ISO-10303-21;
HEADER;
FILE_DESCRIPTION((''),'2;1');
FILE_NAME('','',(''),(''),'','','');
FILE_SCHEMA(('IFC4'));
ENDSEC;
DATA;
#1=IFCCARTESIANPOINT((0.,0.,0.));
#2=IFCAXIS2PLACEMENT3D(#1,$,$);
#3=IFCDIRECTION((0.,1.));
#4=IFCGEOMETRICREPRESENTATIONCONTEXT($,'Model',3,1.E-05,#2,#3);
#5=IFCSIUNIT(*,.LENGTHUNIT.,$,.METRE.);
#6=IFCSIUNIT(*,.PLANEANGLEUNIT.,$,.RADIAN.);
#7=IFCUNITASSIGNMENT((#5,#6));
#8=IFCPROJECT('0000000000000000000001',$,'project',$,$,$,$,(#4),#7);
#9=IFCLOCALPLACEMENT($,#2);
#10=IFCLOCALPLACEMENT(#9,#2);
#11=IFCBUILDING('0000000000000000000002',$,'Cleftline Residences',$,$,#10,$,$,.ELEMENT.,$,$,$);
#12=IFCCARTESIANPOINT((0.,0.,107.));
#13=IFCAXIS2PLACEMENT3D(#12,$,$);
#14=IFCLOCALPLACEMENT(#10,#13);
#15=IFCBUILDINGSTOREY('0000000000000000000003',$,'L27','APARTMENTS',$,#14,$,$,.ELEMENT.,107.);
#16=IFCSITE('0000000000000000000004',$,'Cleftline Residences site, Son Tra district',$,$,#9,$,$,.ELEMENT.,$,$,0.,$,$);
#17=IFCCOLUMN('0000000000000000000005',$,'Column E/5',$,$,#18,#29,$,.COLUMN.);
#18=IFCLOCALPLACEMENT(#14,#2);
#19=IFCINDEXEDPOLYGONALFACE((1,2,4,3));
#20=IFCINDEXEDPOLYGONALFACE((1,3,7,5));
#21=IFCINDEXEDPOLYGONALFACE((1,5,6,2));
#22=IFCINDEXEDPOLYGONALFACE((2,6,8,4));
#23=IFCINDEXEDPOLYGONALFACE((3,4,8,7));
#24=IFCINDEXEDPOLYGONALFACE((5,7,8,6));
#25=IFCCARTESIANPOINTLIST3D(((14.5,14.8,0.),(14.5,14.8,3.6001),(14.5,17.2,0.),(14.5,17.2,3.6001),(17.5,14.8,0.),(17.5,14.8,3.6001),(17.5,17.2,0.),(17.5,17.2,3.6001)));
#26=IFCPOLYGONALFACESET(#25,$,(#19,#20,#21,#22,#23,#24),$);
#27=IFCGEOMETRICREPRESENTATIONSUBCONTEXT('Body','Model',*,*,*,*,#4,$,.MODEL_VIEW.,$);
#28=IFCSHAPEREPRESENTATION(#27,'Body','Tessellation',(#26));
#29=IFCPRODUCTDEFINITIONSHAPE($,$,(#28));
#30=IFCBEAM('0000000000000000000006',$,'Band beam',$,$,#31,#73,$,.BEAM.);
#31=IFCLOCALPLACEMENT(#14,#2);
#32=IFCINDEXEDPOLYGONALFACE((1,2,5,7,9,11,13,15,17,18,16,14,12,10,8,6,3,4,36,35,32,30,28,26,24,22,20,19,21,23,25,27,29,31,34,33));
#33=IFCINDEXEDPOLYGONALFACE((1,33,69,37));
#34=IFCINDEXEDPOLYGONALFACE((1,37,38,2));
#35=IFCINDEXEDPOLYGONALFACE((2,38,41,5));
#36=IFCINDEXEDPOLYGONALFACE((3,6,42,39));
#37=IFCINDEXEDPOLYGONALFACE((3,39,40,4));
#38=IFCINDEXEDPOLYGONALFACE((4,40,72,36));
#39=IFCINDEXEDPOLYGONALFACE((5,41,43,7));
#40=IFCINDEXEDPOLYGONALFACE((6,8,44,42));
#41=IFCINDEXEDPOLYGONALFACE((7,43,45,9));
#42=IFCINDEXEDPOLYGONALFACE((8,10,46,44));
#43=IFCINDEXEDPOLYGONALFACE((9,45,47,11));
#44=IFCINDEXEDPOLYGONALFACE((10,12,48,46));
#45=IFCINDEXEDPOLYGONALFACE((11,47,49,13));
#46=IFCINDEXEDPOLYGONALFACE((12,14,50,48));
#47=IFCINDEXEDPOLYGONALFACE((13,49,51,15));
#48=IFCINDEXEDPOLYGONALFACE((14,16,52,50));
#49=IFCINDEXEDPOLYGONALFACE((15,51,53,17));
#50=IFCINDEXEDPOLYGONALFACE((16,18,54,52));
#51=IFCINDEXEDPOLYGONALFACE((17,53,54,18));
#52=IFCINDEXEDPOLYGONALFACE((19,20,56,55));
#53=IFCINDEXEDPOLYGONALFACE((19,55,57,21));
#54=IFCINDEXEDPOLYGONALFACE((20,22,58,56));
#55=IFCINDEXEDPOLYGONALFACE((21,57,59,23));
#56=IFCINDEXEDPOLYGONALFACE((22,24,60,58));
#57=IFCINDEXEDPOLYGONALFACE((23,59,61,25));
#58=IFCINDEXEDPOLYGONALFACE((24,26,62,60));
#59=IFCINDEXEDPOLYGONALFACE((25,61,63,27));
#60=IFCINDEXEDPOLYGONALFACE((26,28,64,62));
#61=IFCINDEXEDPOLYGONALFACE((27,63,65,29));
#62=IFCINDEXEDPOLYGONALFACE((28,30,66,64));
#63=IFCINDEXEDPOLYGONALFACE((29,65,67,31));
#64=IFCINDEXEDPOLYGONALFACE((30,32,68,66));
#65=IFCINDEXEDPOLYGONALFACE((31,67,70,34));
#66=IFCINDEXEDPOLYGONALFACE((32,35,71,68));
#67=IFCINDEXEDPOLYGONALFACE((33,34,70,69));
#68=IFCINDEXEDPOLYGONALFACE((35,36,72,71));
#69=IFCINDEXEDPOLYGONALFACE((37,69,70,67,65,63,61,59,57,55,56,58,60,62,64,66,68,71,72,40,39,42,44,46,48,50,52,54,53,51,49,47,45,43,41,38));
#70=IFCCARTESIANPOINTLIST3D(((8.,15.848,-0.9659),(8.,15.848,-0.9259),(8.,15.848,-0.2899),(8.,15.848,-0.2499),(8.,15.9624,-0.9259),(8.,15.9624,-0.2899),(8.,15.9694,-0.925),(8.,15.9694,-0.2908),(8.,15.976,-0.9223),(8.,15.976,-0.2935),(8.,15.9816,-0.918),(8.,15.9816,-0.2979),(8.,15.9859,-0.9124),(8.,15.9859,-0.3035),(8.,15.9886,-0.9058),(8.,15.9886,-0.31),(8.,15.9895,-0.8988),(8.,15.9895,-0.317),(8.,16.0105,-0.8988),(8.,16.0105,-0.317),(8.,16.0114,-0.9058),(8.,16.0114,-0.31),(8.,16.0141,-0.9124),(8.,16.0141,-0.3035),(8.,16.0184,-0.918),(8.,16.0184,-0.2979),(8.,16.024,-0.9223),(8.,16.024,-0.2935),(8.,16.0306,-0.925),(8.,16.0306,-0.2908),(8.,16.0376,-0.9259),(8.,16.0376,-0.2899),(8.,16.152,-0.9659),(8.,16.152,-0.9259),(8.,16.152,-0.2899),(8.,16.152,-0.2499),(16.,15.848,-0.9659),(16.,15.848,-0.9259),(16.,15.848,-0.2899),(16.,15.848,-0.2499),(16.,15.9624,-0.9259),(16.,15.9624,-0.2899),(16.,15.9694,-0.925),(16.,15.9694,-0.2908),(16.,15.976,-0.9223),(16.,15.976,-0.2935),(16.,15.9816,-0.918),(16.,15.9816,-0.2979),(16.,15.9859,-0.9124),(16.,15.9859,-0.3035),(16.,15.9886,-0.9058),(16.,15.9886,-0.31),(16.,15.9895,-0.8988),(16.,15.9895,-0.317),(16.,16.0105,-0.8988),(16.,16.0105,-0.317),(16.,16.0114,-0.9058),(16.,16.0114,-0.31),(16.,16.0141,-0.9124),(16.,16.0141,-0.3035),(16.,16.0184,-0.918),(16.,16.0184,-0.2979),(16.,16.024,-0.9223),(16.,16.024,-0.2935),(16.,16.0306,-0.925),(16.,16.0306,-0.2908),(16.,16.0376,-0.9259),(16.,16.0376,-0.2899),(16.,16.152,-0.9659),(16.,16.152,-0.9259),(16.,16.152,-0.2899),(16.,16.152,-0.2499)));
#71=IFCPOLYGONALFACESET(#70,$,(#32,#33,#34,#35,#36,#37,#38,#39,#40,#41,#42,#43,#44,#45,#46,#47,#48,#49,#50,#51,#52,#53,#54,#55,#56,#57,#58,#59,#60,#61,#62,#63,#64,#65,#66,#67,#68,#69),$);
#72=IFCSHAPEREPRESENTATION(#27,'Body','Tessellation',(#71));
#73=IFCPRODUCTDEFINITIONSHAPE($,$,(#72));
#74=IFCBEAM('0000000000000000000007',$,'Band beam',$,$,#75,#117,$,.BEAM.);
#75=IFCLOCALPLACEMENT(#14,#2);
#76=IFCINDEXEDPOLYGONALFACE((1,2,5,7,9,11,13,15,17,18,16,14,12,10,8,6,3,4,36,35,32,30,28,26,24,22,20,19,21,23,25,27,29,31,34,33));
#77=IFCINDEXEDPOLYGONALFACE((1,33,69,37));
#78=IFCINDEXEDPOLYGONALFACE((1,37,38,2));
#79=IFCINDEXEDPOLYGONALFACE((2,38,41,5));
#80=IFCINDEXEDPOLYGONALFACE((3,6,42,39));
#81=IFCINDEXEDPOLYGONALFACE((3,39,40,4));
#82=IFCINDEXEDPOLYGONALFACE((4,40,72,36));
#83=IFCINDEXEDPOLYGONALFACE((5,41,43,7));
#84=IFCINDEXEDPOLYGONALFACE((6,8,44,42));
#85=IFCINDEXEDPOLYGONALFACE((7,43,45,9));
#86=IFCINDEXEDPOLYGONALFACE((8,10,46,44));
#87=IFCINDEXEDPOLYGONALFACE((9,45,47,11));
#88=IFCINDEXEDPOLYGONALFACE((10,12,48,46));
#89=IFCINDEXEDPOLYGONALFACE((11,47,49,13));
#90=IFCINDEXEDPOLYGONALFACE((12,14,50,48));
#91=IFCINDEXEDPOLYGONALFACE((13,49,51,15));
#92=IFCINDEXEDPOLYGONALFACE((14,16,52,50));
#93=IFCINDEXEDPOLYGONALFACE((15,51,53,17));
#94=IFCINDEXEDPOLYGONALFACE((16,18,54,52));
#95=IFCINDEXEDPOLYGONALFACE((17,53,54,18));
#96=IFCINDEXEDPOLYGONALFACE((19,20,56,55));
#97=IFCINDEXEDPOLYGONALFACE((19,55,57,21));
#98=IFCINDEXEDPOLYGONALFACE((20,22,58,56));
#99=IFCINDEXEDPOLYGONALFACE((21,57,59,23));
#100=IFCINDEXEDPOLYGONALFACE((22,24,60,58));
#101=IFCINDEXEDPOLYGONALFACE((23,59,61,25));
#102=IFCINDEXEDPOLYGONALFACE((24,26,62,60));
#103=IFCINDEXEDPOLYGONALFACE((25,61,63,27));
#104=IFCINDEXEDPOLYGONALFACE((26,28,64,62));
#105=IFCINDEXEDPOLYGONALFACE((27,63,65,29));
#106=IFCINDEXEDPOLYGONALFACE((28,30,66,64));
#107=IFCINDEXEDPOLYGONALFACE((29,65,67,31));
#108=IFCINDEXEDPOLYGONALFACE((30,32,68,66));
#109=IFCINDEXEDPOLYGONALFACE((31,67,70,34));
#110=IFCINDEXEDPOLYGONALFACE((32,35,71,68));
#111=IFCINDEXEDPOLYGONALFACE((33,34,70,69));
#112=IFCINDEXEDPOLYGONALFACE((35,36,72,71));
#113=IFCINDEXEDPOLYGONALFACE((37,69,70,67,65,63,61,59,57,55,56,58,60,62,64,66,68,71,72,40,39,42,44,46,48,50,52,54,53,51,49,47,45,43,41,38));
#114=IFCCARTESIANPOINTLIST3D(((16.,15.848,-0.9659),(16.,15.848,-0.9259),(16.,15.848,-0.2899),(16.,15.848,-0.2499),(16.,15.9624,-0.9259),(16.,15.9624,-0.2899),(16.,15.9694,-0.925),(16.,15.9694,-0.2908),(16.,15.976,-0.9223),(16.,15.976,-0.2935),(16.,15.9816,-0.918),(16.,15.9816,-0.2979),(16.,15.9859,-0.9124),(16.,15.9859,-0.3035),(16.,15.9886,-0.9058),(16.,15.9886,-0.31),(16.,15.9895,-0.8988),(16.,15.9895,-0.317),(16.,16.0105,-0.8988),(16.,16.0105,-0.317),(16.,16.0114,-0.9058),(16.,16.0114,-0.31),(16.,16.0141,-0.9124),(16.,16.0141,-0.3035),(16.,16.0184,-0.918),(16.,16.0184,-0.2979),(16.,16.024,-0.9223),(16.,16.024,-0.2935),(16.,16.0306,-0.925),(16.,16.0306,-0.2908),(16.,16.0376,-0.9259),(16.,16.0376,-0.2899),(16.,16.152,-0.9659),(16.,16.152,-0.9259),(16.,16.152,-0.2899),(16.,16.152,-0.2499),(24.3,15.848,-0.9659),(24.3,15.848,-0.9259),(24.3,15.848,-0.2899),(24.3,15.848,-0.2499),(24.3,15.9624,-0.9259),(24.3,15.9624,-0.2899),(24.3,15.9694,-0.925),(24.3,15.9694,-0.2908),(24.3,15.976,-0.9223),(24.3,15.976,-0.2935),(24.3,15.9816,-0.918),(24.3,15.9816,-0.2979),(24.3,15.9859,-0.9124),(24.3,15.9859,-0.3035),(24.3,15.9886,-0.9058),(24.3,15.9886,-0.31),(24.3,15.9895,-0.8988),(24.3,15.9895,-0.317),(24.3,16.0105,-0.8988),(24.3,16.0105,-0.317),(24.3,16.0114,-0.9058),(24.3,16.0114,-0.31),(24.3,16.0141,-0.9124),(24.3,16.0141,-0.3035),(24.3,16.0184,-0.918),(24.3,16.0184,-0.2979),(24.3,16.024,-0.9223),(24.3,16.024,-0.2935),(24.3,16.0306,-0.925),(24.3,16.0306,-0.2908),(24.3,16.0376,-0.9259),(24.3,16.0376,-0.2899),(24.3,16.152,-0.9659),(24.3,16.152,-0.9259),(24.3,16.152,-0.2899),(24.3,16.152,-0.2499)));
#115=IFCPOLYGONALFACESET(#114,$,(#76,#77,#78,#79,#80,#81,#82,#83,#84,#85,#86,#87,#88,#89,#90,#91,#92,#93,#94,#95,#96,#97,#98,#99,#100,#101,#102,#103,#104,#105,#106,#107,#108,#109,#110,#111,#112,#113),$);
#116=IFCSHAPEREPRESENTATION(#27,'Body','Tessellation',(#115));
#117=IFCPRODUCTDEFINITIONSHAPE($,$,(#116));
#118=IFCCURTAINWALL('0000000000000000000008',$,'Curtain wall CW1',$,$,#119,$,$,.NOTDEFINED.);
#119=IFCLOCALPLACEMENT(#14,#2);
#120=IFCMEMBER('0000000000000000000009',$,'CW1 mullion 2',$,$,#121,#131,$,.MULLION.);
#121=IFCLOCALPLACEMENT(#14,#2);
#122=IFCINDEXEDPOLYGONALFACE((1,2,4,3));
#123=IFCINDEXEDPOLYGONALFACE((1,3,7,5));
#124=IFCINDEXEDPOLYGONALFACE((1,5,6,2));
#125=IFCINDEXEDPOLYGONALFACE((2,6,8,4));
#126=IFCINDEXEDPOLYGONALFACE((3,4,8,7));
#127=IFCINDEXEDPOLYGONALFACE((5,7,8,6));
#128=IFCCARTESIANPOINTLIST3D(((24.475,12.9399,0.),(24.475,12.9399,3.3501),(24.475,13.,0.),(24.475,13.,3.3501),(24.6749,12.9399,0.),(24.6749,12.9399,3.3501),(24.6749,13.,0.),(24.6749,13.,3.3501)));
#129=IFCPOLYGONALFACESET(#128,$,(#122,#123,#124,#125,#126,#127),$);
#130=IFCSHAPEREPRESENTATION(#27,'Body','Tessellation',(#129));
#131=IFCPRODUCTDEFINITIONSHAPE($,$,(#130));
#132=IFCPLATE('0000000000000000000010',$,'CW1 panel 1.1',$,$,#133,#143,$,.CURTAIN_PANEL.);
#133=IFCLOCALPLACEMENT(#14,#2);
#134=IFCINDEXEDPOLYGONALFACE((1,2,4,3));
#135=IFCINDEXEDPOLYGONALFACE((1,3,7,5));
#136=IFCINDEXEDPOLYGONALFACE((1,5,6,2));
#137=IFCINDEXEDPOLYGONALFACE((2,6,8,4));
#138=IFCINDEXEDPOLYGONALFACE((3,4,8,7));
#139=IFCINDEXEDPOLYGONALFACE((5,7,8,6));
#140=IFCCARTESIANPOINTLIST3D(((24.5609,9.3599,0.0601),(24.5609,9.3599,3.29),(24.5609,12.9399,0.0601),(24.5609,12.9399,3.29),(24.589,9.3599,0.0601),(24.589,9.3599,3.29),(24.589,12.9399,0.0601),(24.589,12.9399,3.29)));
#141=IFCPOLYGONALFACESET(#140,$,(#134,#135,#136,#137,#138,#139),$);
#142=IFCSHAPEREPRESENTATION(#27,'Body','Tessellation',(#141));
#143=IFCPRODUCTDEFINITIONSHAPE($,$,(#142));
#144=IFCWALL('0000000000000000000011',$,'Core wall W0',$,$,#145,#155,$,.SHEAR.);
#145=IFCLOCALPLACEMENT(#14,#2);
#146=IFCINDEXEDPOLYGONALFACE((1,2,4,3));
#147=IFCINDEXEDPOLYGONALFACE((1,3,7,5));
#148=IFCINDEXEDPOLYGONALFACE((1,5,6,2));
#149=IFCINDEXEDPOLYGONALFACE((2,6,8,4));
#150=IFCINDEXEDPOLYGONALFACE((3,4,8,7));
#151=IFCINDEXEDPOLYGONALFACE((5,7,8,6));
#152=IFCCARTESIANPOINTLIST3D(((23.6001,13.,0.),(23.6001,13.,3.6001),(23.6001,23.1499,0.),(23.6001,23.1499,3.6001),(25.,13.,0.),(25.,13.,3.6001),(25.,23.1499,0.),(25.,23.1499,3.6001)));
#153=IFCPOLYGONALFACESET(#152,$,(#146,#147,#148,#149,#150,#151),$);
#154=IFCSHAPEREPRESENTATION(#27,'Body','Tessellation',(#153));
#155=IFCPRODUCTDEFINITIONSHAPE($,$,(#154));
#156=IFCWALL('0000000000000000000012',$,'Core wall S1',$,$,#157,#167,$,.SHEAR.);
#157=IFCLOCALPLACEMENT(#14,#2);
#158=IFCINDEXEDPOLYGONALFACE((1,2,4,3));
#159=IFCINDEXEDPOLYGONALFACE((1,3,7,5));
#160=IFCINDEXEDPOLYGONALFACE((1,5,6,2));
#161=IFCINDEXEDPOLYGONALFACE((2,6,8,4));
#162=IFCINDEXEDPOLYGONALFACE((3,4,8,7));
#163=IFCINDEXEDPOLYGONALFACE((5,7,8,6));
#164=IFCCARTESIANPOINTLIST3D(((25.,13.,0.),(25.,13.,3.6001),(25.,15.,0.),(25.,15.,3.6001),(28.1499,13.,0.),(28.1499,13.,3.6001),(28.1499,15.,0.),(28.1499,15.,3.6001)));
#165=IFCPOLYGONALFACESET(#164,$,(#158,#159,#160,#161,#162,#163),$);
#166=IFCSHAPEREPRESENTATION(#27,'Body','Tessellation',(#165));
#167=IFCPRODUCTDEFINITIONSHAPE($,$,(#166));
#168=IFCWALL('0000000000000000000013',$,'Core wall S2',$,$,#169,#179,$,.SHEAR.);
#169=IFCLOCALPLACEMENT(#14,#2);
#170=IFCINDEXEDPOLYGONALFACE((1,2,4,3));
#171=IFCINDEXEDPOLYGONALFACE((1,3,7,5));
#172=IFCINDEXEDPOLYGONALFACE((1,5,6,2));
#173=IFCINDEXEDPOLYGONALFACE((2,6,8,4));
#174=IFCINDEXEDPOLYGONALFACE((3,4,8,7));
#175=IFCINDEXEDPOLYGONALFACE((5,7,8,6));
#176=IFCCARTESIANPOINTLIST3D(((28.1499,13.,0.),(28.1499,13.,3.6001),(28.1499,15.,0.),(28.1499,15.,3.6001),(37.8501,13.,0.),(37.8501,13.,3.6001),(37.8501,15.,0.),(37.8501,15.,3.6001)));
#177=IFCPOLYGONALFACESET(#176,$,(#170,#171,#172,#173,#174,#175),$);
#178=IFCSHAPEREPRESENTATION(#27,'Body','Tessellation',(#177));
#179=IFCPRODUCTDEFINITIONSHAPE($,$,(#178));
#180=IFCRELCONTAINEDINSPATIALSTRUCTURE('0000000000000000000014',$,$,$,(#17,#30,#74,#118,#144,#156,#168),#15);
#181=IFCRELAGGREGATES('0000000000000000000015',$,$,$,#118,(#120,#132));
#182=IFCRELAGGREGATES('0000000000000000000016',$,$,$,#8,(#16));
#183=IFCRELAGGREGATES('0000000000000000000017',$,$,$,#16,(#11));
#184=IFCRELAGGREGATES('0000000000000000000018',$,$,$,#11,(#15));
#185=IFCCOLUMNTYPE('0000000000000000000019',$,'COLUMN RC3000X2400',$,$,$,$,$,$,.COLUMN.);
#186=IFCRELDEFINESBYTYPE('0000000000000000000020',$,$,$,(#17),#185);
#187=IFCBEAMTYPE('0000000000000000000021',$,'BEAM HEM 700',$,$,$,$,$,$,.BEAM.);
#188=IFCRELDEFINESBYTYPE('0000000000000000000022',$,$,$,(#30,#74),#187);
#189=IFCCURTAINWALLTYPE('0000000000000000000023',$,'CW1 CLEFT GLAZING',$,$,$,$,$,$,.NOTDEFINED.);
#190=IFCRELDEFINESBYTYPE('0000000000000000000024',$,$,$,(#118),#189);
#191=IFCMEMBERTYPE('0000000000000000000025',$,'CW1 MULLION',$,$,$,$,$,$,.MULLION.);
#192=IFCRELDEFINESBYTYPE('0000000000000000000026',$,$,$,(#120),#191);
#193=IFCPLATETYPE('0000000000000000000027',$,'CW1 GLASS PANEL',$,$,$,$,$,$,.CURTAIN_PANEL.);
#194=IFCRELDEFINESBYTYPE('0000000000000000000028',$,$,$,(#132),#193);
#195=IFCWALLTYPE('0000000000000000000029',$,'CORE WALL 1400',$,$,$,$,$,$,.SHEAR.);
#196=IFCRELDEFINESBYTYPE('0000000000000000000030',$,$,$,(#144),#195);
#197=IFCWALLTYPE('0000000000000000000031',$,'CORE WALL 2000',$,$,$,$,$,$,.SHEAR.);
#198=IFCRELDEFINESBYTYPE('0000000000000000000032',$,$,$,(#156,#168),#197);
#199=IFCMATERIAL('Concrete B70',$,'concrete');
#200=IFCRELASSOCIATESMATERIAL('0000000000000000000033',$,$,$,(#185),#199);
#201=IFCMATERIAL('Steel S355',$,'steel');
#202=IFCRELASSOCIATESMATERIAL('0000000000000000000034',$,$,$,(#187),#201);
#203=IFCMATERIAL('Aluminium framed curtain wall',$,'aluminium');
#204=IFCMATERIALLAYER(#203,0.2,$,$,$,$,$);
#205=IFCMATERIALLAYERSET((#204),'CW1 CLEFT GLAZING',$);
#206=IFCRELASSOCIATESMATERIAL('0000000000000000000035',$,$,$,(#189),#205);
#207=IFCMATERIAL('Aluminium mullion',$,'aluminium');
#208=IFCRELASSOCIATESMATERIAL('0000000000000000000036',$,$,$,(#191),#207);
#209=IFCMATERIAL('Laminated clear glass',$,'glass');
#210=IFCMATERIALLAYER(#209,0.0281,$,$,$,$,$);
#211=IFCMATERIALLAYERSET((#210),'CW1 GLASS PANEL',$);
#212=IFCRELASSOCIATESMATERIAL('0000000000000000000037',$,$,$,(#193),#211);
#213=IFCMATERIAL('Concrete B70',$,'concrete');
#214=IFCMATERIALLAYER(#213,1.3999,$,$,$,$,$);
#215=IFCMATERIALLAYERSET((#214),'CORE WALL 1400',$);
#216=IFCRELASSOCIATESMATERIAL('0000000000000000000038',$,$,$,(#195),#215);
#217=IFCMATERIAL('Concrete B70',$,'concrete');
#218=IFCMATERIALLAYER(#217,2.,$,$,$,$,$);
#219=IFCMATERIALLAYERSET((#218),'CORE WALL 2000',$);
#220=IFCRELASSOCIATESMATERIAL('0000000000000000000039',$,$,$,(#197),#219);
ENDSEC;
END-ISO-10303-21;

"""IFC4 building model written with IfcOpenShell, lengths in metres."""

from ifc_helpers import new_model, si_unit, direction, frame, frame_2d, origin, origin_2d, place, context, subcontext, project, spatial, rectangle, i_section, extrude, material, layer, layer_set, material_profile, profile_set, type_object, element, aggregate, save


model = new_model("IFC4")

# Units and contexts
model_context = context("Model", 3, precision=1e-05, world=origin(), true_north=direction((0.0, 1.0)))
body_context = subcontext(model_context, "Body", "Model", "MODEL_VIEW")
ifc_project = project(units=[si_unit("LENGTHUNIT", "METRE"), si_unit("PLANEANGLEUNIT", "RADIAN")], contexts=[model_context])

# Site, building, storey
site_placement = place(None, origin())
site = spatial("IfcSite", under=ifc_project, at=site_placement, Name="Cleftline Residences site, Son Tra district", CompositionType="ELEMENT", RefElevation=0.0)
building_placement = place(site_placement, origin())
building = spatial("IfcBuilding", under=site, at=building_placement, Name="Cleftline Residences", CompositionType="ELEMENT")
storey_placement = place(building_placement, frame((0.0, 0.0, 107.0)))
storey = spatial("IfcBuildingStorey", under=building, at=storey_placement, Name="L27", Description="APARTMENTS", CompositionType="ELEMENT", Elevation=107.0)

# Column
ifc_material_1 = material(Name="Concrete B70", Category="concrete")
ifc_material_profile_1 = material_profile(ifc_material_1, rectangle(XDim=3.0, YDim=2.3999, at=origin_2d()))
ifc_profile_set_1 = profile_set([ifc_material_profile_1], Name="Concrete B70")
column_type = type_object("IfcColumnType", Name="COLUMN RC3000X2400", PredefinedType="COLUMN", material=ifc_profile_set_1)
column_placement = place(storey_placement, frame((16.0, 16.0, 0.0), z_axis=(0.0, 0.0, 1.0), x_axis=(1.0, 0.0, 0.0)))
element("IfcColumn", 1, at=column_placement, inside=storey, type_object=column_type, Name="Column E/5", PredefinedType="COLUMN", context=body_context, shape_type="SweptSolid", body=[
    extrude(rectangle(XDim=3.0, YDim=2.3999, at=origin_2d()), origin(), (0.0, 0.0, 1.0), 3.6001),
])

# Beams
ifc_material_2 = material(Name="Steel S355", Category="steel")
ifc_material_profile_2 = material_profile(ifc_material_2, i_section(OverallWidth=0.304, OverallDepth=0.7161, WebThickness=0.021, FlangeThickness=0.04, FilletRadius=0.0271, at=origin_2d()))
ifc_profile_set_2 = profile_set([ifc_material_profile_2], Name="Steel S355")
beam_type = type_object("IfcBeamType", Name="BEAM HEM 700", PredefinedType="BEAM", material=ifc_profile_set_2)
beam_1_placement = place(storey_placement, frame((8.0, 16.0, -0.6079), z_axis=(1.0, 0.0, 0.0), x_axis=(0.0, 1.0, 0.0)))
element("IfcBeam", 2, at=beam_1_placement, inside=storey, type_object=beam_type, Name="Band beam", PredefinedType="BEAM", context=body_context, shape_type="SweptSolid", body=[
    extrude(i_section(OverallWidth=0.304, OverallDepth=0.7161, WebThickness=0.021, FlangeThickness=0.04, FilletRadius=0.0271, at=origin_2d()), origin(), (0.0, 0.0, 1.0), 8.0),
])
beam_2_placement = place(storey_placement, frame((16.0, 16.0, -0.6079), z_axis=(1.0, 0.0, 0.0), x_axis=(0.0, 1.0, 0.0)))
element("IfcBeam", 3, at=beam_2_placement, inside=storey, type_object=beam_type, Name="Band beam", PredefinedType="BEAM", context=body_context, shape_type="SweptSolid", body=[
    extrude(i_section(OverallWidth=0.304, OverallDepth=0.7161, WebThickness=0.021, FlangeThickness=0.04, FilletRadius=0.0271, at=origin_2d()), origin(), (0.0, 0.0, 1.0), 8.3),
])

# Curtain wall, member, plate
ifc_material_3 = material(Name="Aluminium framed curtain wall", Category="aluminium")
ifc_layer_1 = layer(ifc_material_3, 0.2)
ifc_layer_set_1 = layer_set([ifc_layer_1], Name="CW1 CLEFT GLAZING")
curtain_wall_type = type_object("IfcCurtainWallType", Name="CW1 CLEFT GLAZING", PredefinedType="NOTDEFINED", material=ifc_layer_set_1)
curtain_wall_placement = place(storey_placement, origin())
curtain_wall = element("IfcCurtainWall", 4, at=curtain_wall_placement, inside=storey, type_object=curtain_wall_type, Name="Curtain wall CW1", PredefinedType="NOTDEFINED")
ifc_material_4 = material(Name="Aluminium mullion", Category="aluminium")
ifc_material_profile_3 = material_profile(ifc_material_4, rectangle(XDim=0.2, YDim=0.0601, at=origin_2d()))
ifc_profile_set_3 = profile_set([ifc_material_profile_3], Name="Aluminium mullion")
member_type = type_object("IfcMemberType", Name="CW1 MULLION", PredefinedType="MULLION", material=ifc_profile_set_3)
member_placement = place(storey_placement, frame((24.575, 12.97, 0.0), z_axis=(0.0, 0.0, 1.0), x_axis=(-1.0, 0.0, 0.0)))
member = element("IfcMember", 5, at=member_placement, type_object=member_type, Name="CW1 mullion 2", PredefinedType="MULLION", context=body_context, shape_type="SweptSolid", body=[
    extrude(rectangle(XDim=0.2, YDim=0.0601, at=origin_2d()), origin(), (0.0, 0.0, 1.0), 3.3501),
])
ifc_material_5 = material(Name="Laminated clear glass", Category="glass")
ifc_layer_2 = layer(ifc_material_5, 0.0281)
ifc_layer_set_2 = layer_set([ifc_layer_2], Name="CW1 GLASS PANEL")
plate_type = type_object("IfcPlateType", Name="CW1 GLASS PANEL", PredefinedType="CURTAIN_PANEL", material=ifc_layer_set_2)
plate_placement = place(storey_placement, frame((24.575, 11.1499, 0.0601), z_axis=(0.0, 0.0, 1.0), x_axis=(0.0, 1.0, 0.0)))
plate = element("IfcPlate", 6, at=plate_placement, type_object=plate_type, Name="CW1 panel 1.1", PredefinedType="CURTAIN_PANEL", context=body_context, shape_type="SweptSolid", body=[
    extrude(rectangle(XDim=3.5801, YDim=0.0281, at=origin_2d()), origin(), (0.0, 0.0, 1.0), 3.23),
])
aggregate(curtain_wall, [member, plate])

# Wall
ifc_material_6 = material(Name="Concrete B70", Category="concrete")
ifc_layer_3 = layer(ifc_material_6, 1.3999)
ifc_layer_set_3 = layer_set([ifc_layer_3], Name="CORE WALL 1400")
wall_type_1 = type_object("IfcWallType", Name="CORE WALL 1400", PredefinedType="SHEAR", material=ifc_layer_set_3)
wall_1_placement = place(storey_placement, frame((24.3, 13.0, 0.0), z_axis=(0.0, 0.0, 1.0), x_axis=(0.0, 1.0, 0.0)))
element("IfcWall", 7, at=wall_1_placement, inside=storey, type_object=wall_type_1, Name="Core wall W0", PredefinedType="SHEAR", context=body_context, shape_type="SweptSolid", body=[
    extrude(rectangle(XDim=10.1499, YDim=1.3999, at=frame_2d((5.075, 0.0))), origin(), (0.0, 0.0, 1.0), 3.6001),
])

# Walls
ifc_material_7 = material(Name="Concrete B70", Category="concrete")
ifc_layer_4 = layer(ifc_material_7, 2.0)
ifc_layer_set_4 = layer_set([ifc_layer_4], Name="CORE WALL 2000")
wall_type_2 = type_object("IfcWallType", Name="CORE WALL 2000", PredefinedType="SHEAR", material=ifc_layer_set_4)
wall_2_placement = place(storey_placement, frame((25.0, 14.0, 0.0), z_axis=(0.0, 0.0, 1.0), x_axis=(1.0, 0.0, 0.0)))
element("IfcWall", 8, at=wall_2_placement, inside=storey, type_object=wall_type_2, Name="Core wall S1", PredefinedType="SHEAR", context=body_context, shape_type="SweptSolid", body=[
    extrude(rectangle(XDim=3.1499, YDim=2.0, at=frame_2d((1.575, 0.0))), origin(), (0.0, 0.0, 1.0), 3.6001),
])
wall_3_placement = place(storey_placement, frame((28.1499, 14.0, 0.0), z_axis=(0.0, 0.0, 1.0), x_axis=(1.0, 0.0, 0.0)))
element("IfcWall", 9, at=wall_3_placement, inside=storey, type_object=wall_type_2, Name="Core wall S2", PredefinedType="SHEAR", context=body_context, shape_type="SweptSolid", body=[
    extrude(rectangle(XDim=9.7002, YDim=2.0, at=frame_2d((4.8501, 0.0))), origin(), (0.0, 0.0, 1.0), 3.6001),
])

save(model, "model.ifc")
